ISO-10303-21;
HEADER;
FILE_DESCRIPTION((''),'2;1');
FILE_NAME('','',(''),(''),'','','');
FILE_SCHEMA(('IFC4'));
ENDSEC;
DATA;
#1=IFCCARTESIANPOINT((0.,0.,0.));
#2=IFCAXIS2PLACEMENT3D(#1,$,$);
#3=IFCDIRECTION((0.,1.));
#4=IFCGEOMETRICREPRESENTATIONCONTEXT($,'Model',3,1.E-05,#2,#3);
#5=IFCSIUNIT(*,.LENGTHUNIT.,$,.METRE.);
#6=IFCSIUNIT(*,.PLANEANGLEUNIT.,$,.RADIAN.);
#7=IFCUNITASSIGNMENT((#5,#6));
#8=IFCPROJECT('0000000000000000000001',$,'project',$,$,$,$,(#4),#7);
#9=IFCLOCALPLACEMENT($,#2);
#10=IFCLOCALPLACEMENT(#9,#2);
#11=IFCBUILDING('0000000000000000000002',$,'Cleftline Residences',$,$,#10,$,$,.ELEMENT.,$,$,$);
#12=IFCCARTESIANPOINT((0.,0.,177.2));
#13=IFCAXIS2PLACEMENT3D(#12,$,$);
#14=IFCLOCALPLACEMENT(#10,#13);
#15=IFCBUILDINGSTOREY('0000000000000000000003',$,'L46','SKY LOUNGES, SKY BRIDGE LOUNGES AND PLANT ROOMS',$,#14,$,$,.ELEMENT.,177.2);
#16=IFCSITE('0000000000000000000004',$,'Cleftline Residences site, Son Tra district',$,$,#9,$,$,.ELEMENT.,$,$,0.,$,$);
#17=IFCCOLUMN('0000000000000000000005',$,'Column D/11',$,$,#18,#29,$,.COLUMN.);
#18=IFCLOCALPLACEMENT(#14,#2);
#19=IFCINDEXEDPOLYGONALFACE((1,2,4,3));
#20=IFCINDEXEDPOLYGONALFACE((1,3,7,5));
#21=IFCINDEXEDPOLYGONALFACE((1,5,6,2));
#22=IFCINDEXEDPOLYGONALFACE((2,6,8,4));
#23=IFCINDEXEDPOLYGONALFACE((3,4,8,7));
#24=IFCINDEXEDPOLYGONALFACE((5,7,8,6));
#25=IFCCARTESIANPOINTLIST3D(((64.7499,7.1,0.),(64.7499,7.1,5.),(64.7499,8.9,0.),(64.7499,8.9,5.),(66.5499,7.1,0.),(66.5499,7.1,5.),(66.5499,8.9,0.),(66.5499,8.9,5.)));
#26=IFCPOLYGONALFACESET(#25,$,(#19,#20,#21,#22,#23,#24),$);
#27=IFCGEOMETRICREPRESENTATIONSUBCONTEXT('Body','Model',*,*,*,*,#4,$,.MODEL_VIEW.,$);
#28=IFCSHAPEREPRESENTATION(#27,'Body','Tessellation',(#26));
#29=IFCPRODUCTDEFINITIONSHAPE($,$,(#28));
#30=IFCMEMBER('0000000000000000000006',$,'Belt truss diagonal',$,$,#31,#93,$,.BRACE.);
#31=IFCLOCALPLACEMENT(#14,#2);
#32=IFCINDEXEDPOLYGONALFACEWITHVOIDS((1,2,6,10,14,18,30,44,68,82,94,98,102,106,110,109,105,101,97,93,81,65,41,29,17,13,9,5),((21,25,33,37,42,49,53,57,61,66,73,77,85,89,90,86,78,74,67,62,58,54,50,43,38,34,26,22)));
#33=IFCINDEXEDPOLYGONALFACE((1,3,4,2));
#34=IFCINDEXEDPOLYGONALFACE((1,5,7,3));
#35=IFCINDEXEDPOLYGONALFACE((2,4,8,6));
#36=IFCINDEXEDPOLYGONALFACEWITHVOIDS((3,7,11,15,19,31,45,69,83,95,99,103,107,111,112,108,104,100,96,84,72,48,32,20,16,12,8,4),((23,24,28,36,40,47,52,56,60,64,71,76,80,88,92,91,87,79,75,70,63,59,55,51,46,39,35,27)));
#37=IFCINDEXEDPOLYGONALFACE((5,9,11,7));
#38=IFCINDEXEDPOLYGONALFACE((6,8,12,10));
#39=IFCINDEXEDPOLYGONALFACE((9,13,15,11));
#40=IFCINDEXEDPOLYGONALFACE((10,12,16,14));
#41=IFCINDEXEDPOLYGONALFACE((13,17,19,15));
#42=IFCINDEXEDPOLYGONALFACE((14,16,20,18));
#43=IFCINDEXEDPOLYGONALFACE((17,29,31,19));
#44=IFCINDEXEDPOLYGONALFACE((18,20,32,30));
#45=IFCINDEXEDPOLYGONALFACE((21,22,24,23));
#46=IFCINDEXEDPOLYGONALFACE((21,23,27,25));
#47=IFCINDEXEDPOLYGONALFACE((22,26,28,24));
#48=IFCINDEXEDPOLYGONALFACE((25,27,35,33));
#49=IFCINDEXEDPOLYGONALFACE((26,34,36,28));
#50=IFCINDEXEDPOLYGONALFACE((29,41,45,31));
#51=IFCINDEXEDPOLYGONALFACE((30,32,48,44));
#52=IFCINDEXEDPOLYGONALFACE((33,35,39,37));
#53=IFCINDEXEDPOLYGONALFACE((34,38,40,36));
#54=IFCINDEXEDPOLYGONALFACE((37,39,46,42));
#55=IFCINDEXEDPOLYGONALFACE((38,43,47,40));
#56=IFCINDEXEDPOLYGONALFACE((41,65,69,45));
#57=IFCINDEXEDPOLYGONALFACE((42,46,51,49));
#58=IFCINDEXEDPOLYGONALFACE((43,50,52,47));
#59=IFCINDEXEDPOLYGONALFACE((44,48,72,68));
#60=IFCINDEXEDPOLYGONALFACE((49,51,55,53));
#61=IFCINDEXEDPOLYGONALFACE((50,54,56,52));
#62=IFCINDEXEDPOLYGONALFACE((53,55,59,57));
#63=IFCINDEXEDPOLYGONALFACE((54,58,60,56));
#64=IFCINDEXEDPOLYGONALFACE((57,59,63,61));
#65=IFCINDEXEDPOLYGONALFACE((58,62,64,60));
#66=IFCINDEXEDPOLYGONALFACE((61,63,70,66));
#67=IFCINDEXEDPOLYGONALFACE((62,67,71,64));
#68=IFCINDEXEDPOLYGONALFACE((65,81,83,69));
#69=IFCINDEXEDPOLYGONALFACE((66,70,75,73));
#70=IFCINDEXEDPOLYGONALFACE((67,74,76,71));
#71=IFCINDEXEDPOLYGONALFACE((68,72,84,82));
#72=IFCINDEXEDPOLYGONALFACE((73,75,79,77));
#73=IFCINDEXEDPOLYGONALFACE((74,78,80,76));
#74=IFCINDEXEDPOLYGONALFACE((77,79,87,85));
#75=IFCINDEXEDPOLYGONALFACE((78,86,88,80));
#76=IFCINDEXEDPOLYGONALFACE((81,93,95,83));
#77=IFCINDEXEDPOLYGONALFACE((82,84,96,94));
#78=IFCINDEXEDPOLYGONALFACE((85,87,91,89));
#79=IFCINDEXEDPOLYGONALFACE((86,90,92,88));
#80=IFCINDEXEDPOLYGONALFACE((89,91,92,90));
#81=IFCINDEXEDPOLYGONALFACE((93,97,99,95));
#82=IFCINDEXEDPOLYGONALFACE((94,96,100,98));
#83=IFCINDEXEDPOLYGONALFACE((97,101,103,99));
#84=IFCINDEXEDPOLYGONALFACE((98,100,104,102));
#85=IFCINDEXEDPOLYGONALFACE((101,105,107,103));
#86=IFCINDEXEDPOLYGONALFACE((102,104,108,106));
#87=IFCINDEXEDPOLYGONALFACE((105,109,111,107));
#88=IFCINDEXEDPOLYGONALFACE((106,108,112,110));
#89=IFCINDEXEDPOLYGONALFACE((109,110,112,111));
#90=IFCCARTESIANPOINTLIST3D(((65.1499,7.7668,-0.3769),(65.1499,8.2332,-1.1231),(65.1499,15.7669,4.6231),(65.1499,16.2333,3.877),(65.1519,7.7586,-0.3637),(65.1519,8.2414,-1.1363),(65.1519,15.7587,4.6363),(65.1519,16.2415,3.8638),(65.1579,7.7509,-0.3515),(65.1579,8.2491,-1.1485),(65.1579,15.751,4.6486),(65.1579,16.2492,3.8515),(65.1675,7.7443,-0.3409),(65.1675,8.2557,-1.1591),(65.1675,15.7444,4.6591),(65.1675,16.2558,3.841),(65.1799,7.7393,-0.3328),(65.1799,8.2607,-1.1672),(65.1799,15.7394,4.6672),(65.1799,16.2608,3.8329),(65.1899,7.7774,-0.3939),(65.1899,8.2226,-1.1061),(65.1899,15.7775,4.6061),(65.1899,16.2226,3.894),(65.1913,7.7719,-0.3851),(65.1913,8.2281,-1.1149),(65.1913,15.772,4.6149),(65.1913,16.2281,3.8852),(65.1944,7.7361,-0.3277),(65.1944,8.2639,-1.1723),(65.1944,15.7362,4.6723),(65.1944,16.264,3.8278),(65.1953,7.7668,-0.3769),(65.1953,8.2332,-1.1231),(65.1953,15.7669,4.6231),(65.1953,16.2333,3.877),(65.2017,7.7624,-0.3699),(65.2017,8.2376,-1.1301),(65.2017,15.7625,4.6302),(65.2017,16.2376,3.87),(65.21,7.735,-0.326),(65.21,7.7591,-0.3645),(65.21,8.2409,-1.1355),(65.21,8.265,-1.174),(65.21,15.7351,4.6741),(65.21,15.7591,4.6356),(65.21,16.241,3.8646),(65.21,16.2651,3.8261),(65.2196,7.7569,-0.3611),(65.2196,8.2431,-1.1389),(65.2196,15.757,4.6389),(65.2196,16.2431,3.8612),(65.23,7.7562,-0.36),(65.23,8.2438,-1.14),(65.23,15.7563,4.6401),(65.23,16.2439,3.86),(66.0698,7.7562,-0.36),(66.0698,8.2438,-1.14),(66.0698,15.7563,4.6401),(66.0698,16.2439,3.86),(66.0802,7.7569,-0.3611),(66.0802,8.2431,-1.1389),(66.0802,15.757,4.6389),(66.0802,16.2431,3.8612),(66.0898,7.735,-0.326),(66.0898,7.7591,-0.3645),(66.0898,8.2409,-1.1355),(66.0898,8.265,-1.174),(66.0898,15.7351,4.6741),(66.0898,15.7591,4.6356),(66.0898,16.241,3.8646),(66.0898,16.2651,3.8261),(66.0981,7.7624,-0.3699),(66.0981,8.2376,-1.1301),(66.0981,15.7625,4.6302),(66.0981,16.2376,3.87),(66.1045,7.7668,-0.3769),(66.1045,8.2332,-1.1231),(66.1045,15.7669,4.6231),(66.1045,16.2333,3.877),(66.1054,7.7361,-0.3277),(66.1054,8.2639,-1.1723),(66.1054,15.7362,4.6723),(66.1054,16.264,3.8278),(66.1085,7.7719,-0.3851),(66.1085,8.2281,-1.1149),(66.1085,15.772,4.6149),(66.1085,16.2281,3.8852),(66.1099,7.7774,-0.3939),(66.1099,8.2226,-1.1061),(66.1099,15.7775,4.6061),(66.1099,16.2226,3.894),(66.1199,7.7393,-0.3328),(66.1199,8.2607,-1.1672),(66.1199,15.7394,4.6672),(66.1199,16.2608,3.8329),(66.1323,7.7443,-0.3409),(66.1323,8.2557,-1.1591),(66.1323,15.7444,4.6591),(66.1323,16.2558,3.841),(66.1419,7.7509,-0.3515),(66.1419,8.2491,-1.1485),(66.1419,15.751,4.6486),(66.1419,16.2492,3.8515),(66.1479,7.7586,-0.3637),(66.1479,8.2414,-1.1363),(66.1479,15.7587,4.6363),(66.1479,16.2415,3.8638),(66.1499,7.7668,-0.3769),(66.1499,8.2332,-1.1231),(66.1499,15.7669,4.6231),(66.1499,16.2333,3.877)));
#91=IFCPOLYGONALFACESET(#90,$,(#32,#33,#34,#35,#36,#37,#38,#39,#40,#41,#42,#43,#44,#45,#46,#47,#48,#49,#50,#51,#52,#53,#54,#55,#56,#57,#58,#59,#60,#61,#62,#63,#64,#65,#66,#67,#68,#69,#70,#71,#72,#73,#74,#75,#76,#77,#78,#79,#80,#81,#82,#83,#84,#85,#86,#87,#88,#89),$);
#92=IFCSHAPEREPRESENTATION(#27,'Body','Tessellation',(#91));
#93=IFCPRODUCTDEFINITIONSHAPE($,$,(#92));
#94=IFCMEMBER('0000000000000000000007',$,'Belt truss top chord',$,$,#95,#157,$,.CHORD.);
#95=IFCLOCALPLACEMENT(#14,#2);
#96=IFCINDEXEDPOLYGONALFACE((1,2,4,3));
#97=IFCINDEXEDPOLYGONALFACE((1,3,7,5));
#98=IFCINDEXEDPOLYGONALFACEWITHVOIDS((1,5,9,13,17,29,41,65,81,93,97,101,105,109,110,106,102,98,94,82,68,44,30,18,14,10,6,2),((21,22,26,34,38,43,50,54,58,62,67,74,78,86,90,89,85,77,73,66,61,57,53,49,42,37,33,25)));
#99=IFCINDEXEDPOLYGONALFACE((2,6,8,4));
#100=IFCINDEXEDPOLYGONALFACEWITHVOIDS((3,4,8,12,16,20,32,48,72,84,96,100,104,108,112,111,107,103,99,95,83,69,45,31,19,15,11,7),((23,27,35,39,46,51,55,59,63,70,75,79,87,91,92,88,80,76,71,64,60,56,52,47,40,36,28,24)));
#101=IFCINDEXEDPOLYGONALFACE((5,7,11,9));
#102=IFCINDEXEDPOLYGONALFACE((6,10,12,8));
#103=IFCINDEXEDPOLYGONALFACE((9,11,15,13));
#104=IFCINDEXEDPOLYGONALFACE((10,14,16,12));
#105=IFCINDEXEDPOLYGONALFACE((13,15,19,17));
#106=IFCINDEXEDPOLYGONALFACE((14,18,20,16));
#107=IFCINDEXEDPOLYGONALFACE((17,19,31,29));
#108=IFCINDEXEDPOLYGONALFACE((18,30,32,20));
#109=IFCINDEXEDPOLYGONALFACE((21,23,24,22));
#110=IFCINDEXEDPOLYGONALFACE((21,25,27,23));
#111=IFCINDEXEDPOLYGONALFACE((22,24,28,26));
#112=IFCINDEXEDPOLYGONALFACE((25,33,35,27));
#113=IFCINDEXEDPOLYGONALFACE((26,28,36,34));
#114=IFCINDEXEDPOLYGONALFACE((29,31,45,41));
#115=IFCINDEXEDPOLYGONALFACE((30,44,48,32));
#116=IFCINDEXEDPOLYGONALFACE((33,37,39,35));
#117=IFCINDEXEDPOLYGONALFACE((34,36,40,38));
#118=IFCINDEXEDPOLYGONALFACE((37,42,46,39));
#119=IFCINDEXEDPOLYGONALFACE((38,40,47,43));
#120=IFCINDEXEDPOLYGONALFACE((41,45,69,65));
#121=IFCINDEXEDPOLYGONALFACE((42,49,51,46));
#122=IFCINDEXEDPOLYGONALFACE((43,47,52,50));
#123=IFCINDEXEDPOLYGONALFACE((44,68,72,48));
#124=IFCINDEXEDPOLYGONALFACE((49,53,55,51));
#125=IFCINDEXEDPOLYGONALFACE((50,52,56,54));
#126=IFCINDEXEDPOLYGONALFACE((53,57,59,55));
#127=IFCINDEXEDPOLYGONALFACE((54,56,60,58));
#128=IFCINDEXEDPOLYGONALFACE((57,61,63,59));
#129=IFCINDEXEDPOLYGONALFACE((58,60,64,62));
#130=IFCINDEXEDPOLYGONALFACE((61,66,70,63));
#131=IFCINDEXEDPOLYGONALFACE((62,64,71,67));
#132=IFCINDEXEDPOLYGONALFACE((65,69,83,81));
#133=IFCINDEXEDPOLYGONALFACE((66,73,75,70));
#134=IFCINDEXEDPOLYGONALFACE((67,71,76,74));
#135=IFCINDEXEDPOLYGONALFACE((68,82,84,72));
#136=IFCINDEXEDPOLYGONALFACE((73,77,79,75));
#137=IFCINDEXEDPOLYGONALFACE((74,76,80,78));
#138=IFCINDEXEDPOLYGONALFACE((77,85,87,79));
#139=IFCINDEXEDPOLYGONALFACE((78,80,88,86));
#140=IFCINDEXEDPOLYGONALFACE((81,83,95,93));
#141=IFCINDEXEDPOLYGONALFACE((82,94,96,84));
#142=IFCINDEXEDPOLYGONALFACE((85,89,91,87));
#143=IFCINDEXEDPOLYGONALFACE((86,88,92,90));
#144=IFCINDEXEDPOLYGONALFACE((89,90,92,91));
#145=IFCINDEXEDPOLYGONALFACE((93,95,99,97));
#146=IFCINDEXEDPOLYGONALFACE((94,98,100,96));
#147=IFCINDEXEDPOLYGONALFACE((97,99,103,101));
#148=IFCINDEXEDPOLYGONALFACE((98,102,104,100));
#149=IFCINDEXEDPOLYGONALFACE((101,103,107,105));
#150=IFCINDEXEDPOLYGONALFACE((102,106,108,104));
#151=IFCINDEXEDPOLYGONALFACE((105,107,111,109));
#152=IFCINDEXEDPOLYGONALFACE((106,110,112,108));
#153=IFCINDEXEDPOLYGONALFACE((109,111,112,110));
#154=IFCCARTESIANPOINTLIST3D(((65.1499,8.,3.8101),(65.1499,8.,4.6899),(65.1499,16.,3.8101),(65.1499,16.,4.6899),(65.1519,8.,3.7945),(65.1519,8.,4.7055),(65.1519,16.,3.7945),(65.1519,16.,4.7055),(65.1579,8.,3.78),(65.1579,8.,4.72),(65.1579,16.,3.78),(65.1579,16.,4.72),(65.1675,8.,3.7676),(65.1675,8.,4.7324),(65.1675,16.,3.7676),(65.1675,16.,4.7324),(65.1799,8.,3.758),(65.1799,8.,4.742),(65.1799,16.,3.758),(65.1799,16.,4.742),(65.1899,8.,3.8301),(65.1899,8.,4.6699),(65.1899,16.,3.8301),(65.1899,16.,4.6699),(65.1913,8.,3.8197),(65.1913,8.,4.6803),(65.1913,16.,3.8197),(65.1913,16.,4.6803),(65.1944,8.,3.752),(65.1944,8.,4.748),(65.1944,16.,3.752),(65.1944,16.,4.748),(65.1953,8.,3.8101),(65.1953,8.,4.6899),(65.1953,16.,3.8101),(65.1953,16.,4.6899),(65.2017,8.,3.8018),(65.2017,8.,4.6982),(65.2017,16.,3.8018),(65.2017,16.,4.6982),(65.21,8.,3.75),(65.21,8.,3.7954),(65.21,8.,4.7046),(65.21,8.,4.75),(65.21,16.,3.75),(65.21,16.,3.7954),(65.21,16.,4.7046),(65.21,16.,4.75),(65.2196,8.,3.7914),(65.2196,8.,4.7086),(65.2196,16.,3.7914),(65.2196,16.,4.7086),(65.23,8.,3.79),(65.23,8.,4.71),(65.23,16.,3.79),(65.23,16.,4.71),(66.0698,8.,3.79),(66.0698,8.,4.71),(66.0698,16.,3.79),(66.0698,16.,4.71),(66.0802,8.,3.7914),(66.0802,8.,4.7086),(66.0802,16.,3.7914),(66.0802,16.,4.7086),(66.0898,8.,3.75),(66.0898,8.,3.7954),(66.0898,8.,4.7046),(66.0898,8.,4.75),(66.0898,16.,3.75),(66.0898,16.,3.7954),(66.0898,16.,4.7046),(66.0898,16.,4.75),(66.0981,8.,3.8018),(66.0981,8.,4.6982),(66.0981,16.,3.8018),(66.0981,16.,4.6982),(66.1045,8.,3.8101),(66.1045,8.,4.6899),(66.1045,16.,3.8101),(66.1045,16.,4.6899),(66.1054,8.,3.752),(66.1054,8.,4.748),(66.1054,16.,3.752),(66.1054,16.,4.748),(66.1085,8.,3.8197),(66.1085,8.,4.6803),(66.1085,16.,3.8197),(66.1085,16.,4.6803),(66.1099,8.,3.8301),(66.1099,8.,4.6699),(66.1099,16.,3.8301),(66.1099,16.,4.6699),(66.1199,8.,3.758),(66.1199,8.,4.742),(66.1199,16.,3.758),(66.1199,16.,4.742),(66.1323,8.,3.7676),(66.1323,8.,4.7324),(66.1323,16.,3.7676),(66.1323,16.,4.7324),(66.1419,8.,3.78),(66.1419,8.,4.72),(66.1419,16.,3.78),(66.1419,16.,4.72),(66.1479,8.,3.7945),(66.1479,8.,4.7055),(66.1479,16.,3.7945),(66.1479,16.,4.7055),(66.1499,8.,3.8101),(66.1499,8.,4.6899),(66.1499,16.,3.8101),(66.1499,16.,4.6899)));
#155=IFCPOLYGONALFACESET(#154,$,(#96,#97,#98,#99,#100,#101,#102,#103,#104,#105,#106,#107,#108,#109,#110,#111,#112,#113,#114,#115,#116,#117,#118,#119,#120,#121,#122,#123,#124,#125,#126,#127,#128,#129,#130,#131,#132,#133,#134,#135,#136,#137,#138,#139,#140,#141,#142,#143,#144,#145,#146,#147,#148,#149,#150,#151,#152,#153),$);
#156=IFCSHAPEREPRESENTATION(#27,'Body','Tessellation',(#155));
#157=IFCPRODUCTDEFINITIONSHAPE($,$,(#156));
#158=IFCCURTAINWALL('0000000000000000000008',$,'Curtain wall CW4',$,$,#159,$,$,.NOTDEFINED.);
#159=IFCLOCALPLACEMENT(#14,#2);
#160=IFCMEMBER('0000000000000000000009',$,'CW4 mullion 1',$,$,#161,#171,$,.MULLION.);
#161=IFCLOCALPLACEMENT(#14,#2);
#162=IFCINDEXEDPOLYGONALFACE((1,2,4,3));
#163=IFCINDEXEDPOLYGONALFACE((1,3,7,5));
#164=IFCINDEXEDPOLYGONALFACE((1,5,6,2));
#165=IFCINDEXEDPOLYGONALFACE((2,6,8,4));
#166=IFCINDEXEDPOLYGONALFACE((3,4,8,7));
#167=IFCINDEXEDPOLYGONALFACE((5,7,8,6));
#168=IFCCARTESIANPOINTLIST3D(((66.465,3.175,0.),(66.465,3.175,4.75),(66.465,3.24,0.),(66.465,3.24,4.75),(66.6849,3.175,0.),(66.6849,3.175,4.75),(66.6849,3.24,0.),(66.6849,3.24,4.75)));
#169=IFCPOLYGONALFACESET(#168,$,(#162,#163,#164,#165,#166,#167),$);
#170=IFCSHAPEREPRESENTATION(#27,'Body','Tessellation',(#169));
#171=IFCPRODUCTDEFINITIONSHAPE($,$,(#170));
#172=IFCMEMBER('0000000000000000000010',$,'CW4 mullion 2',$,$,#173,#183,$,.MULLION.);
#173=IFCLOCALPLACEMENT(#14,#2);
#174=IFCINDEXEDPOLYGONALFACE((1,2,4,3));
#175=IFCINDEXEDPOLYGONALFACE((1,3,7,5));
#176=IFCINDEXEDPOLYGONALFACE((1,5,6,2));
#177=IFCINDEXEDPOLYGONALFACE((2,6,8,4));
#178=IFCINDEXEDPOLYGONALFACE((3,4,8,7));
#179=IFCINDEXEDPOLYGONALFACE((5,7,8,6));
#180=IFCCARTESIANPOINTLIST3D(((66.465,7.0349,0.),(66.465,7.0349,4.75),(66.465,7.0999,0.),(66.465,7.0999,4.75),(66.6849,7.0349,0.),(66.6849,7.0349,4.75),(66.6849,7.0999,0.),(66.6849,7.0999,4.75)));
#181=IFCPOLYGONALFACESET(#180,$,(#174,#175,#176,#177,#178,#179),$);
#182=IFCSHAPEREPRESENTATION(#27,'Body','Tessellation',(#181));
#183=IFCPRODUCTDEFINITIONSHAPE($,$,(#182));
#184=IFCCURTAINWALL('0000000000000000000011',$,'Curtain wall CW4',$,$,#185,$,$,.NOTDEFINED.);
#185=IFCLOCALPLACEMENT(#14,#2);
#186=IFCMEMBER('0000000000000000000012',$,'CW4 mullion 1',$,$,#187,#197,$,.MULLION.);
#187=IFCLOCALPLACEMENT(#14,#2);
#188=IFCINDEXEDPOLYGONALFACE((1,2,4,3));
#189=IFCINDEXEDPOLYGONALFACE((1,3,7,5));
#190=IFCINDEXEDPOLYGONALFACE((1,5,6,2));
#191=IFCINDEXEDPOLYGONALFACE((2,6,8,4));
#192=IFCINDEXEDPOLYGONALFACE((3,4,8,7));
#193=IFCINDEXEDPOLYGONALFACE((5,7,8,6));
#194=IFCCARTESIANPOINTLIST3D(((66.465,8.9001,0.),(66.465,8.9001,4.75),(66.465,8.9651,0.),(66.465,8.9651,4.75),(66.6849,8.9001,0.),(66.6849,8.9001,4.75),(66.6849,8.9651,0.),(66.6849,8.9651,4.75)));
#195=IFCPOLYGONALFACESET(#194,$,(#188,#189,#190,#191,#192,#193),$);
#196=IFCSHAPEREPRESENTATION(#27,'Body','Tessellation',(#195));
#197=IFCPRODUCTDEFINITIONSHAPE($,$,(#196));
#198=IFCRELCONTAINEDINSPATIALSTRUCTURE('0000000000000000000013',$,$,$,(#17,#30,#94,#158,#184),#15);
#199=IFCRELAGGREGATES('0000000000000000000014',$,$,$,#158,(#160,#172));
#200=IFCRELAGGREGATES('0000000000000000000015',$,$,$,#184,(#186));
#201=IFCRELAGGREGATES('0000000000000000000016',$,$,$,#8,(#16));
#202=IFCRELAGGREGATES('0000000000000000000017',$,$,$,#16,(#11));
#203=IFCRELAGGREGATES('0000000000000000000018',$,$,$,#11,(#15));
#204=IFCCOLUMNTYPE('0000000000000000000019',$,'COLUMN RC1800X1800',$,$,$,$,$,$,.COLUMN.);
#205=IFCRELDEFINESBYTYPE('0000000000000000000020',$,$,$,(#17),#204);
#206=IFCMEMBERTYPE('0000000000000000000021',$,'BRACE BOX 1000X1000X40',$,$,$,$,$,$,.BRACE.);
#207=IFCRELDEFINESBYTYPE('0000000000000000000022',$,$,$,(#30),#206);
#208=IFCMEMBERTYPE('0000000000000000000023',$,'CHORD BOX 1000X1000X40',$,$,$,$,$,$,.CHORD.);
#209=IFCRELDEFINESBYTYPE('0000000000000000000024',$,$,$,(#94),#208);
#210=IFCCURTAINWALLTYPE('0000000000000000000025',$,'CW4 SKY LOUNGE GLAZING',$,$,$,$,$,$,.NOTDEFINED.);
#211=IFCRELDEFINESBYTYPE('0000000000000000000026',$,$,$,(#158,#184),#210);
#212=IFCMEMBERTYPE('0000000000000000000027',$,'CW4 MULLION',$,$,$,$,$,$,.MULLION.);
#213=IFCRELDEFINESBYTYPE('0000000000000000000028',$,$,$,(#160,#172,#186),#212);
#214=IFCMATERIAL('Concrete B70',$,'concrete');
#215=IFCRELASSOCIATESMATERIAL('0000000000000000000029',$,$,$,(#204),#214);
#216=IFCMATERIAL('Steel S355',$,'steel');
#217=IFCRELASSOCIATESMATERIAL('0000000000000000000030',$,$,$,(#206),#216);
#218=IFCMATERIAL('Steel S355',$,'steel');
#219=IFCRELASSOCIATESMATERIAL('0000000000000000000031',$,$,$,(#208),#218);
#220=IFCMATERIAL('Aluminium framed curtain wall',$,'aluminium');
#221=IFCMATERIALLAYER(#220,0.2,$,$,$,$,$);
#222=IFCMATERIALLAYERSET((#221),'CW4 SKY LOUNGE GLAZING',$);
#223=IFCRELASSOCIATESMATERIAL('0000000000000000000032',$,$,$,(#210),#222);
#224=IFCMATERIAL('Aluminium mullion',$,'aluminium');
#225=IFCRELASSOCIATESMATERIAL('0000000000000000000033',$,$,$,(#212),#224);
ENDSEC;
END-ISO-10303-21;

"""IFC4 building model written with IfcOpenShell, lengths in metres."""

from ifc_helpers import new_model, si_unit, direction, frame, origin, origin_2d, place, context, subcontext, project, spatial, rectangle, hollow_rectangle, extrude, material, layer, layer_set, material_profile, profile_set, type_object, element, aggregate, save


model = new_model("IFC4")

# Units and contexts
model_context = context("Model", 3, precision=1e-05, world=origin(), true_north=direction((0.0, 1.0)))
body_context = subcontext(model_context, "Body", "Model", "MODEL_VIEW")
ifc_project = project(units=[si_unit("LENGTHUNIT", "METRE"), si_unit("PLANEANGLEUNIT", "RADIAN")], contexts=[model_context])

# Site, building, storey
site_placement = place(None, origin())
site = spatial("IfcSite", under=ifc_project, at=site_placement, Name="Cleftline Residences site, Son Tra district", CompositionType="ELEMENT", RefElevation=0.0)
building_placement = place(site_placement, origin())
building = spatial("IfcBuilding", under=site, at=building_placement, Name="Cleftline Residences", CompositionType="ELEMENT")
storey_placement = place(building_placement, frame((0.0, 0.0, 177.2)))
storey = spatial("IfcBuildingStorey", under=building, at=storey_placement, Name="L46", Description="SKY LOUNGES, SKY BRIDGE LOUNGES AND PLANT ROOMS", CompositionType="ELEMENT", Elevation=177.2)

# Column
ifc_material_1 = material(Name="Concrete B70", Category="concrete")
ifc_material_profile_1 = material_profile(ifc_material_1, rectangle(XDim=1.8, YDim=1.8, at=origin_2d()))
ifc_profile_set_1 = profile_set([ifc_material_profile_1], Name="Concrete B70")
column_type = type_object("IfcColumnType", Name="COLUMN RC1800X1800", PredefinedType="COLUMN", material=ifc_profile_set_1)
column_placement = place(storey_placement, frame((65.6499, 8.0, 0.0), z_axis=(0.0, 0.0, 1.0), x_axis=(1.0, 0.0, 0.0)))
element("IfcColumn", 1, at=column_placement, inside=storey, type_object=column_type, Name="Column D/11", PredefinedType="COLUMN", context=body_context, shape_type="SweptSolid", body=[
    extrude(rectangle(XDim=1.8, YDim=1.8, at=origin_2d()), origin(), (0.0, 0.0, 1.0), 5.0),
])

# Members
ifc_material_2 = material(Name="Steel S355", Category="steel")
ifc_material_profile_2 = material_profile(ifc_material_2, hollow_rectangle(XDim=1.0, YDim=1.0, WallThickness=0.04, InnerFilletRadius=0.04, OuterFilletRadius=0.0601, at=origin_2d()))
ifc_profile_set_2 = profile_set([ifc_material_profile_2], Name="Steel S355")
member_type_1 = type_object("IfcMemberType", Name="BRACE BOX 1000X1000X40", PredefinedType="BRACE", material=ifc_profile_set_2)
member_1_placement = place(storey_placement, frame((65.6499, 8.0, -0.75), z_axis=(0.0, 0.847998, 0.529999), x_axis=(0.0, -0.529999, 0.847998)))
element("IfcMember", 2, at=member_1_placement, inside=storey, type_object=member_type_1, Name="Belt truss diagonal", PredefinedType="BRACE", context=body_context, shape_type="SweptSolid", body=[
    extrude(hollow_rectangle(XDim=1.0, YDim=1.0, WallThickness=0.04, InnerFilletRadius=0.04, OuterFilletRadius=0.0601, at=origin_2d()), origin(), (0.0, 0.0, 1.0), 9.4341),
])
ifc_material_3 = material(Name="Steel S355", Category="steel")
ifc_material_profile_3 = material_profile(ifc_material_3, hollow_rectangle(XDim=1.0, YDim=1.0, WallThickness=0.04, InnerFilletRadius=0.04, OuterFilletRadius=0.0601, at=origin_2d()))
ifc_profile_set_3 = profile_set([ifc_material_profile_3], Name="Steel S355")
member_type_2 = type_object("IfcMemberType", Name="CHORD BOX 1000X1000X40", PredefinedType="CHORD", material=ifc_profile_set_3)
member_2_placement = place(storey_placement, frame((65.6499, 8.0, 4.25), z_axis=(0.0, 1.0, 0.0), x_axis=(-1.0, 0.0, 0.0)))
element("IfcMember", 3, at=member_2_placement, inside=storey, type_object=member_type_2, Name="Belt truss top chord", PredefinedType="CHORD", context=body_context, shape_type="SweptSolid", body=[
    extrude(hollow_rectangle(XDim=1.0, YDim=1.0, WallThickness=0.04, InnerFilletRadius=0.04, OuterFilletRadius=0.0601, at=origin_2d()), origin(), (0.0, 0.0, 1.0), 8.0),
])

# Curtain walls, members
ifc_material_4 = material(Name="Aluminium framed curtain wall", Category="aluminium")
ifc_layer_1 = layer(ifc_material_4, 0.2)
ifc_layer_set_1 = layer_set([ifc_layer_1], Name="CW4 SKY LOUNGE GLAZING")
curtain_wall_type = type_object("IfcCurtainWallType", Name="CW4 SKY LOUNGE GLAZING", PredefinedType="NOTDEFINED", material=ifc_layer_set_1)
curtain_wall_1_placement = place(storey_placement, origin())
curtain_wall_1 = element("IfcCurtainWall", 4, at=curtain_wall_1_placement, inside=storey, type_object=curtain_wall_type, Name="Curtain wall CW4", PredefinedType="NOTDEFINED")
ifc_material_5 = material(Name="Aluminium mullion", Category="aluminium")
ifc_material_profile_4 = material_profile(ifc_material_5, rectangle(XDim=0.22, YDim=0.0649, at=origin_2d()))
ifc_profile_set_4 = profile_set([ifc_material_profile_4], Name="Aluminium mullion")
member_type_3 = type_object("IfcMemberType", Name="CW4 MULLION", PredefinedType="MULLION", material=ifc_profile_set_4)
member_3_placement = place(storey_placement, frame((66.575, 3.2075, 0.0), z_axis=(0.0, 0.0, 1.0), x_axis=(-1.0, 0.0, 0.0)))
member_3 = element("IfcMember", 5, at=member_3_placement, type_object=member_type_3, Name="CW4 mullion 1", PredefinedType="MULLION", context=body_context, shape_type="SweptSolid", body=[
    extrude(rectangle(XDim=0.22, YDim=0.0649, at=origin_2d()), origin(), (0.0, 0.0, 1.0), 4.75),
])
member_4_placement = place(storey_placement, frame((66.575, 7.0674, 0.0), z_axis=(0.0, 0.0, 1.0), x_axis=(-1.0, 0.0, 0.0)))
member_4 = element("IfcMember", 6, at=member_4_placement, type_object=member_type_3, Name="CW4 mullion 2", PredefinedType="MULLION", context=body_context, shape_type="SweptSolid", body=[
    extrude(rectangle(XDim=0.22, YDim=0.0649, at=origin_2d()), origin(), (0.0, 0.0, 1.0), 4.75),
])
curtain_wall_2_placement = place(storey_placement, origin())
curtain_wall_2 = element("IfcCurtainWall", 7, at=curtain_wall_2_placement, inside=storey, type_object=curtain_wall_type, Name="Curtain wall CW4", PredefinedType="NOTDEFINED")
member_5_placement = place(storey_placement, frame((66.575, 8.9326, 0.0), z_axis=(0.0, 0.0, 1.0), x_axis=(-1.0, 0.0, 0.0)))
member_5 = element("IfcMember", 8, at=member_5_placement, type_object=member_type_3, Name="CW4 mullion 1", PredefinedType="MULLION", context=body_context, shape_type="SweptSolid", body=[
    extrude(rectangle(XDim=0.22, YDim=0.0649, at=origin_2d()), origin(), (0.0, 0.0, 1.0), 4.75),
])

aggregate(curtain_wall_1, [member_3, member_4])
aggregate(curtain_wall_2, [member_5])

save(model, "model.ifc")
